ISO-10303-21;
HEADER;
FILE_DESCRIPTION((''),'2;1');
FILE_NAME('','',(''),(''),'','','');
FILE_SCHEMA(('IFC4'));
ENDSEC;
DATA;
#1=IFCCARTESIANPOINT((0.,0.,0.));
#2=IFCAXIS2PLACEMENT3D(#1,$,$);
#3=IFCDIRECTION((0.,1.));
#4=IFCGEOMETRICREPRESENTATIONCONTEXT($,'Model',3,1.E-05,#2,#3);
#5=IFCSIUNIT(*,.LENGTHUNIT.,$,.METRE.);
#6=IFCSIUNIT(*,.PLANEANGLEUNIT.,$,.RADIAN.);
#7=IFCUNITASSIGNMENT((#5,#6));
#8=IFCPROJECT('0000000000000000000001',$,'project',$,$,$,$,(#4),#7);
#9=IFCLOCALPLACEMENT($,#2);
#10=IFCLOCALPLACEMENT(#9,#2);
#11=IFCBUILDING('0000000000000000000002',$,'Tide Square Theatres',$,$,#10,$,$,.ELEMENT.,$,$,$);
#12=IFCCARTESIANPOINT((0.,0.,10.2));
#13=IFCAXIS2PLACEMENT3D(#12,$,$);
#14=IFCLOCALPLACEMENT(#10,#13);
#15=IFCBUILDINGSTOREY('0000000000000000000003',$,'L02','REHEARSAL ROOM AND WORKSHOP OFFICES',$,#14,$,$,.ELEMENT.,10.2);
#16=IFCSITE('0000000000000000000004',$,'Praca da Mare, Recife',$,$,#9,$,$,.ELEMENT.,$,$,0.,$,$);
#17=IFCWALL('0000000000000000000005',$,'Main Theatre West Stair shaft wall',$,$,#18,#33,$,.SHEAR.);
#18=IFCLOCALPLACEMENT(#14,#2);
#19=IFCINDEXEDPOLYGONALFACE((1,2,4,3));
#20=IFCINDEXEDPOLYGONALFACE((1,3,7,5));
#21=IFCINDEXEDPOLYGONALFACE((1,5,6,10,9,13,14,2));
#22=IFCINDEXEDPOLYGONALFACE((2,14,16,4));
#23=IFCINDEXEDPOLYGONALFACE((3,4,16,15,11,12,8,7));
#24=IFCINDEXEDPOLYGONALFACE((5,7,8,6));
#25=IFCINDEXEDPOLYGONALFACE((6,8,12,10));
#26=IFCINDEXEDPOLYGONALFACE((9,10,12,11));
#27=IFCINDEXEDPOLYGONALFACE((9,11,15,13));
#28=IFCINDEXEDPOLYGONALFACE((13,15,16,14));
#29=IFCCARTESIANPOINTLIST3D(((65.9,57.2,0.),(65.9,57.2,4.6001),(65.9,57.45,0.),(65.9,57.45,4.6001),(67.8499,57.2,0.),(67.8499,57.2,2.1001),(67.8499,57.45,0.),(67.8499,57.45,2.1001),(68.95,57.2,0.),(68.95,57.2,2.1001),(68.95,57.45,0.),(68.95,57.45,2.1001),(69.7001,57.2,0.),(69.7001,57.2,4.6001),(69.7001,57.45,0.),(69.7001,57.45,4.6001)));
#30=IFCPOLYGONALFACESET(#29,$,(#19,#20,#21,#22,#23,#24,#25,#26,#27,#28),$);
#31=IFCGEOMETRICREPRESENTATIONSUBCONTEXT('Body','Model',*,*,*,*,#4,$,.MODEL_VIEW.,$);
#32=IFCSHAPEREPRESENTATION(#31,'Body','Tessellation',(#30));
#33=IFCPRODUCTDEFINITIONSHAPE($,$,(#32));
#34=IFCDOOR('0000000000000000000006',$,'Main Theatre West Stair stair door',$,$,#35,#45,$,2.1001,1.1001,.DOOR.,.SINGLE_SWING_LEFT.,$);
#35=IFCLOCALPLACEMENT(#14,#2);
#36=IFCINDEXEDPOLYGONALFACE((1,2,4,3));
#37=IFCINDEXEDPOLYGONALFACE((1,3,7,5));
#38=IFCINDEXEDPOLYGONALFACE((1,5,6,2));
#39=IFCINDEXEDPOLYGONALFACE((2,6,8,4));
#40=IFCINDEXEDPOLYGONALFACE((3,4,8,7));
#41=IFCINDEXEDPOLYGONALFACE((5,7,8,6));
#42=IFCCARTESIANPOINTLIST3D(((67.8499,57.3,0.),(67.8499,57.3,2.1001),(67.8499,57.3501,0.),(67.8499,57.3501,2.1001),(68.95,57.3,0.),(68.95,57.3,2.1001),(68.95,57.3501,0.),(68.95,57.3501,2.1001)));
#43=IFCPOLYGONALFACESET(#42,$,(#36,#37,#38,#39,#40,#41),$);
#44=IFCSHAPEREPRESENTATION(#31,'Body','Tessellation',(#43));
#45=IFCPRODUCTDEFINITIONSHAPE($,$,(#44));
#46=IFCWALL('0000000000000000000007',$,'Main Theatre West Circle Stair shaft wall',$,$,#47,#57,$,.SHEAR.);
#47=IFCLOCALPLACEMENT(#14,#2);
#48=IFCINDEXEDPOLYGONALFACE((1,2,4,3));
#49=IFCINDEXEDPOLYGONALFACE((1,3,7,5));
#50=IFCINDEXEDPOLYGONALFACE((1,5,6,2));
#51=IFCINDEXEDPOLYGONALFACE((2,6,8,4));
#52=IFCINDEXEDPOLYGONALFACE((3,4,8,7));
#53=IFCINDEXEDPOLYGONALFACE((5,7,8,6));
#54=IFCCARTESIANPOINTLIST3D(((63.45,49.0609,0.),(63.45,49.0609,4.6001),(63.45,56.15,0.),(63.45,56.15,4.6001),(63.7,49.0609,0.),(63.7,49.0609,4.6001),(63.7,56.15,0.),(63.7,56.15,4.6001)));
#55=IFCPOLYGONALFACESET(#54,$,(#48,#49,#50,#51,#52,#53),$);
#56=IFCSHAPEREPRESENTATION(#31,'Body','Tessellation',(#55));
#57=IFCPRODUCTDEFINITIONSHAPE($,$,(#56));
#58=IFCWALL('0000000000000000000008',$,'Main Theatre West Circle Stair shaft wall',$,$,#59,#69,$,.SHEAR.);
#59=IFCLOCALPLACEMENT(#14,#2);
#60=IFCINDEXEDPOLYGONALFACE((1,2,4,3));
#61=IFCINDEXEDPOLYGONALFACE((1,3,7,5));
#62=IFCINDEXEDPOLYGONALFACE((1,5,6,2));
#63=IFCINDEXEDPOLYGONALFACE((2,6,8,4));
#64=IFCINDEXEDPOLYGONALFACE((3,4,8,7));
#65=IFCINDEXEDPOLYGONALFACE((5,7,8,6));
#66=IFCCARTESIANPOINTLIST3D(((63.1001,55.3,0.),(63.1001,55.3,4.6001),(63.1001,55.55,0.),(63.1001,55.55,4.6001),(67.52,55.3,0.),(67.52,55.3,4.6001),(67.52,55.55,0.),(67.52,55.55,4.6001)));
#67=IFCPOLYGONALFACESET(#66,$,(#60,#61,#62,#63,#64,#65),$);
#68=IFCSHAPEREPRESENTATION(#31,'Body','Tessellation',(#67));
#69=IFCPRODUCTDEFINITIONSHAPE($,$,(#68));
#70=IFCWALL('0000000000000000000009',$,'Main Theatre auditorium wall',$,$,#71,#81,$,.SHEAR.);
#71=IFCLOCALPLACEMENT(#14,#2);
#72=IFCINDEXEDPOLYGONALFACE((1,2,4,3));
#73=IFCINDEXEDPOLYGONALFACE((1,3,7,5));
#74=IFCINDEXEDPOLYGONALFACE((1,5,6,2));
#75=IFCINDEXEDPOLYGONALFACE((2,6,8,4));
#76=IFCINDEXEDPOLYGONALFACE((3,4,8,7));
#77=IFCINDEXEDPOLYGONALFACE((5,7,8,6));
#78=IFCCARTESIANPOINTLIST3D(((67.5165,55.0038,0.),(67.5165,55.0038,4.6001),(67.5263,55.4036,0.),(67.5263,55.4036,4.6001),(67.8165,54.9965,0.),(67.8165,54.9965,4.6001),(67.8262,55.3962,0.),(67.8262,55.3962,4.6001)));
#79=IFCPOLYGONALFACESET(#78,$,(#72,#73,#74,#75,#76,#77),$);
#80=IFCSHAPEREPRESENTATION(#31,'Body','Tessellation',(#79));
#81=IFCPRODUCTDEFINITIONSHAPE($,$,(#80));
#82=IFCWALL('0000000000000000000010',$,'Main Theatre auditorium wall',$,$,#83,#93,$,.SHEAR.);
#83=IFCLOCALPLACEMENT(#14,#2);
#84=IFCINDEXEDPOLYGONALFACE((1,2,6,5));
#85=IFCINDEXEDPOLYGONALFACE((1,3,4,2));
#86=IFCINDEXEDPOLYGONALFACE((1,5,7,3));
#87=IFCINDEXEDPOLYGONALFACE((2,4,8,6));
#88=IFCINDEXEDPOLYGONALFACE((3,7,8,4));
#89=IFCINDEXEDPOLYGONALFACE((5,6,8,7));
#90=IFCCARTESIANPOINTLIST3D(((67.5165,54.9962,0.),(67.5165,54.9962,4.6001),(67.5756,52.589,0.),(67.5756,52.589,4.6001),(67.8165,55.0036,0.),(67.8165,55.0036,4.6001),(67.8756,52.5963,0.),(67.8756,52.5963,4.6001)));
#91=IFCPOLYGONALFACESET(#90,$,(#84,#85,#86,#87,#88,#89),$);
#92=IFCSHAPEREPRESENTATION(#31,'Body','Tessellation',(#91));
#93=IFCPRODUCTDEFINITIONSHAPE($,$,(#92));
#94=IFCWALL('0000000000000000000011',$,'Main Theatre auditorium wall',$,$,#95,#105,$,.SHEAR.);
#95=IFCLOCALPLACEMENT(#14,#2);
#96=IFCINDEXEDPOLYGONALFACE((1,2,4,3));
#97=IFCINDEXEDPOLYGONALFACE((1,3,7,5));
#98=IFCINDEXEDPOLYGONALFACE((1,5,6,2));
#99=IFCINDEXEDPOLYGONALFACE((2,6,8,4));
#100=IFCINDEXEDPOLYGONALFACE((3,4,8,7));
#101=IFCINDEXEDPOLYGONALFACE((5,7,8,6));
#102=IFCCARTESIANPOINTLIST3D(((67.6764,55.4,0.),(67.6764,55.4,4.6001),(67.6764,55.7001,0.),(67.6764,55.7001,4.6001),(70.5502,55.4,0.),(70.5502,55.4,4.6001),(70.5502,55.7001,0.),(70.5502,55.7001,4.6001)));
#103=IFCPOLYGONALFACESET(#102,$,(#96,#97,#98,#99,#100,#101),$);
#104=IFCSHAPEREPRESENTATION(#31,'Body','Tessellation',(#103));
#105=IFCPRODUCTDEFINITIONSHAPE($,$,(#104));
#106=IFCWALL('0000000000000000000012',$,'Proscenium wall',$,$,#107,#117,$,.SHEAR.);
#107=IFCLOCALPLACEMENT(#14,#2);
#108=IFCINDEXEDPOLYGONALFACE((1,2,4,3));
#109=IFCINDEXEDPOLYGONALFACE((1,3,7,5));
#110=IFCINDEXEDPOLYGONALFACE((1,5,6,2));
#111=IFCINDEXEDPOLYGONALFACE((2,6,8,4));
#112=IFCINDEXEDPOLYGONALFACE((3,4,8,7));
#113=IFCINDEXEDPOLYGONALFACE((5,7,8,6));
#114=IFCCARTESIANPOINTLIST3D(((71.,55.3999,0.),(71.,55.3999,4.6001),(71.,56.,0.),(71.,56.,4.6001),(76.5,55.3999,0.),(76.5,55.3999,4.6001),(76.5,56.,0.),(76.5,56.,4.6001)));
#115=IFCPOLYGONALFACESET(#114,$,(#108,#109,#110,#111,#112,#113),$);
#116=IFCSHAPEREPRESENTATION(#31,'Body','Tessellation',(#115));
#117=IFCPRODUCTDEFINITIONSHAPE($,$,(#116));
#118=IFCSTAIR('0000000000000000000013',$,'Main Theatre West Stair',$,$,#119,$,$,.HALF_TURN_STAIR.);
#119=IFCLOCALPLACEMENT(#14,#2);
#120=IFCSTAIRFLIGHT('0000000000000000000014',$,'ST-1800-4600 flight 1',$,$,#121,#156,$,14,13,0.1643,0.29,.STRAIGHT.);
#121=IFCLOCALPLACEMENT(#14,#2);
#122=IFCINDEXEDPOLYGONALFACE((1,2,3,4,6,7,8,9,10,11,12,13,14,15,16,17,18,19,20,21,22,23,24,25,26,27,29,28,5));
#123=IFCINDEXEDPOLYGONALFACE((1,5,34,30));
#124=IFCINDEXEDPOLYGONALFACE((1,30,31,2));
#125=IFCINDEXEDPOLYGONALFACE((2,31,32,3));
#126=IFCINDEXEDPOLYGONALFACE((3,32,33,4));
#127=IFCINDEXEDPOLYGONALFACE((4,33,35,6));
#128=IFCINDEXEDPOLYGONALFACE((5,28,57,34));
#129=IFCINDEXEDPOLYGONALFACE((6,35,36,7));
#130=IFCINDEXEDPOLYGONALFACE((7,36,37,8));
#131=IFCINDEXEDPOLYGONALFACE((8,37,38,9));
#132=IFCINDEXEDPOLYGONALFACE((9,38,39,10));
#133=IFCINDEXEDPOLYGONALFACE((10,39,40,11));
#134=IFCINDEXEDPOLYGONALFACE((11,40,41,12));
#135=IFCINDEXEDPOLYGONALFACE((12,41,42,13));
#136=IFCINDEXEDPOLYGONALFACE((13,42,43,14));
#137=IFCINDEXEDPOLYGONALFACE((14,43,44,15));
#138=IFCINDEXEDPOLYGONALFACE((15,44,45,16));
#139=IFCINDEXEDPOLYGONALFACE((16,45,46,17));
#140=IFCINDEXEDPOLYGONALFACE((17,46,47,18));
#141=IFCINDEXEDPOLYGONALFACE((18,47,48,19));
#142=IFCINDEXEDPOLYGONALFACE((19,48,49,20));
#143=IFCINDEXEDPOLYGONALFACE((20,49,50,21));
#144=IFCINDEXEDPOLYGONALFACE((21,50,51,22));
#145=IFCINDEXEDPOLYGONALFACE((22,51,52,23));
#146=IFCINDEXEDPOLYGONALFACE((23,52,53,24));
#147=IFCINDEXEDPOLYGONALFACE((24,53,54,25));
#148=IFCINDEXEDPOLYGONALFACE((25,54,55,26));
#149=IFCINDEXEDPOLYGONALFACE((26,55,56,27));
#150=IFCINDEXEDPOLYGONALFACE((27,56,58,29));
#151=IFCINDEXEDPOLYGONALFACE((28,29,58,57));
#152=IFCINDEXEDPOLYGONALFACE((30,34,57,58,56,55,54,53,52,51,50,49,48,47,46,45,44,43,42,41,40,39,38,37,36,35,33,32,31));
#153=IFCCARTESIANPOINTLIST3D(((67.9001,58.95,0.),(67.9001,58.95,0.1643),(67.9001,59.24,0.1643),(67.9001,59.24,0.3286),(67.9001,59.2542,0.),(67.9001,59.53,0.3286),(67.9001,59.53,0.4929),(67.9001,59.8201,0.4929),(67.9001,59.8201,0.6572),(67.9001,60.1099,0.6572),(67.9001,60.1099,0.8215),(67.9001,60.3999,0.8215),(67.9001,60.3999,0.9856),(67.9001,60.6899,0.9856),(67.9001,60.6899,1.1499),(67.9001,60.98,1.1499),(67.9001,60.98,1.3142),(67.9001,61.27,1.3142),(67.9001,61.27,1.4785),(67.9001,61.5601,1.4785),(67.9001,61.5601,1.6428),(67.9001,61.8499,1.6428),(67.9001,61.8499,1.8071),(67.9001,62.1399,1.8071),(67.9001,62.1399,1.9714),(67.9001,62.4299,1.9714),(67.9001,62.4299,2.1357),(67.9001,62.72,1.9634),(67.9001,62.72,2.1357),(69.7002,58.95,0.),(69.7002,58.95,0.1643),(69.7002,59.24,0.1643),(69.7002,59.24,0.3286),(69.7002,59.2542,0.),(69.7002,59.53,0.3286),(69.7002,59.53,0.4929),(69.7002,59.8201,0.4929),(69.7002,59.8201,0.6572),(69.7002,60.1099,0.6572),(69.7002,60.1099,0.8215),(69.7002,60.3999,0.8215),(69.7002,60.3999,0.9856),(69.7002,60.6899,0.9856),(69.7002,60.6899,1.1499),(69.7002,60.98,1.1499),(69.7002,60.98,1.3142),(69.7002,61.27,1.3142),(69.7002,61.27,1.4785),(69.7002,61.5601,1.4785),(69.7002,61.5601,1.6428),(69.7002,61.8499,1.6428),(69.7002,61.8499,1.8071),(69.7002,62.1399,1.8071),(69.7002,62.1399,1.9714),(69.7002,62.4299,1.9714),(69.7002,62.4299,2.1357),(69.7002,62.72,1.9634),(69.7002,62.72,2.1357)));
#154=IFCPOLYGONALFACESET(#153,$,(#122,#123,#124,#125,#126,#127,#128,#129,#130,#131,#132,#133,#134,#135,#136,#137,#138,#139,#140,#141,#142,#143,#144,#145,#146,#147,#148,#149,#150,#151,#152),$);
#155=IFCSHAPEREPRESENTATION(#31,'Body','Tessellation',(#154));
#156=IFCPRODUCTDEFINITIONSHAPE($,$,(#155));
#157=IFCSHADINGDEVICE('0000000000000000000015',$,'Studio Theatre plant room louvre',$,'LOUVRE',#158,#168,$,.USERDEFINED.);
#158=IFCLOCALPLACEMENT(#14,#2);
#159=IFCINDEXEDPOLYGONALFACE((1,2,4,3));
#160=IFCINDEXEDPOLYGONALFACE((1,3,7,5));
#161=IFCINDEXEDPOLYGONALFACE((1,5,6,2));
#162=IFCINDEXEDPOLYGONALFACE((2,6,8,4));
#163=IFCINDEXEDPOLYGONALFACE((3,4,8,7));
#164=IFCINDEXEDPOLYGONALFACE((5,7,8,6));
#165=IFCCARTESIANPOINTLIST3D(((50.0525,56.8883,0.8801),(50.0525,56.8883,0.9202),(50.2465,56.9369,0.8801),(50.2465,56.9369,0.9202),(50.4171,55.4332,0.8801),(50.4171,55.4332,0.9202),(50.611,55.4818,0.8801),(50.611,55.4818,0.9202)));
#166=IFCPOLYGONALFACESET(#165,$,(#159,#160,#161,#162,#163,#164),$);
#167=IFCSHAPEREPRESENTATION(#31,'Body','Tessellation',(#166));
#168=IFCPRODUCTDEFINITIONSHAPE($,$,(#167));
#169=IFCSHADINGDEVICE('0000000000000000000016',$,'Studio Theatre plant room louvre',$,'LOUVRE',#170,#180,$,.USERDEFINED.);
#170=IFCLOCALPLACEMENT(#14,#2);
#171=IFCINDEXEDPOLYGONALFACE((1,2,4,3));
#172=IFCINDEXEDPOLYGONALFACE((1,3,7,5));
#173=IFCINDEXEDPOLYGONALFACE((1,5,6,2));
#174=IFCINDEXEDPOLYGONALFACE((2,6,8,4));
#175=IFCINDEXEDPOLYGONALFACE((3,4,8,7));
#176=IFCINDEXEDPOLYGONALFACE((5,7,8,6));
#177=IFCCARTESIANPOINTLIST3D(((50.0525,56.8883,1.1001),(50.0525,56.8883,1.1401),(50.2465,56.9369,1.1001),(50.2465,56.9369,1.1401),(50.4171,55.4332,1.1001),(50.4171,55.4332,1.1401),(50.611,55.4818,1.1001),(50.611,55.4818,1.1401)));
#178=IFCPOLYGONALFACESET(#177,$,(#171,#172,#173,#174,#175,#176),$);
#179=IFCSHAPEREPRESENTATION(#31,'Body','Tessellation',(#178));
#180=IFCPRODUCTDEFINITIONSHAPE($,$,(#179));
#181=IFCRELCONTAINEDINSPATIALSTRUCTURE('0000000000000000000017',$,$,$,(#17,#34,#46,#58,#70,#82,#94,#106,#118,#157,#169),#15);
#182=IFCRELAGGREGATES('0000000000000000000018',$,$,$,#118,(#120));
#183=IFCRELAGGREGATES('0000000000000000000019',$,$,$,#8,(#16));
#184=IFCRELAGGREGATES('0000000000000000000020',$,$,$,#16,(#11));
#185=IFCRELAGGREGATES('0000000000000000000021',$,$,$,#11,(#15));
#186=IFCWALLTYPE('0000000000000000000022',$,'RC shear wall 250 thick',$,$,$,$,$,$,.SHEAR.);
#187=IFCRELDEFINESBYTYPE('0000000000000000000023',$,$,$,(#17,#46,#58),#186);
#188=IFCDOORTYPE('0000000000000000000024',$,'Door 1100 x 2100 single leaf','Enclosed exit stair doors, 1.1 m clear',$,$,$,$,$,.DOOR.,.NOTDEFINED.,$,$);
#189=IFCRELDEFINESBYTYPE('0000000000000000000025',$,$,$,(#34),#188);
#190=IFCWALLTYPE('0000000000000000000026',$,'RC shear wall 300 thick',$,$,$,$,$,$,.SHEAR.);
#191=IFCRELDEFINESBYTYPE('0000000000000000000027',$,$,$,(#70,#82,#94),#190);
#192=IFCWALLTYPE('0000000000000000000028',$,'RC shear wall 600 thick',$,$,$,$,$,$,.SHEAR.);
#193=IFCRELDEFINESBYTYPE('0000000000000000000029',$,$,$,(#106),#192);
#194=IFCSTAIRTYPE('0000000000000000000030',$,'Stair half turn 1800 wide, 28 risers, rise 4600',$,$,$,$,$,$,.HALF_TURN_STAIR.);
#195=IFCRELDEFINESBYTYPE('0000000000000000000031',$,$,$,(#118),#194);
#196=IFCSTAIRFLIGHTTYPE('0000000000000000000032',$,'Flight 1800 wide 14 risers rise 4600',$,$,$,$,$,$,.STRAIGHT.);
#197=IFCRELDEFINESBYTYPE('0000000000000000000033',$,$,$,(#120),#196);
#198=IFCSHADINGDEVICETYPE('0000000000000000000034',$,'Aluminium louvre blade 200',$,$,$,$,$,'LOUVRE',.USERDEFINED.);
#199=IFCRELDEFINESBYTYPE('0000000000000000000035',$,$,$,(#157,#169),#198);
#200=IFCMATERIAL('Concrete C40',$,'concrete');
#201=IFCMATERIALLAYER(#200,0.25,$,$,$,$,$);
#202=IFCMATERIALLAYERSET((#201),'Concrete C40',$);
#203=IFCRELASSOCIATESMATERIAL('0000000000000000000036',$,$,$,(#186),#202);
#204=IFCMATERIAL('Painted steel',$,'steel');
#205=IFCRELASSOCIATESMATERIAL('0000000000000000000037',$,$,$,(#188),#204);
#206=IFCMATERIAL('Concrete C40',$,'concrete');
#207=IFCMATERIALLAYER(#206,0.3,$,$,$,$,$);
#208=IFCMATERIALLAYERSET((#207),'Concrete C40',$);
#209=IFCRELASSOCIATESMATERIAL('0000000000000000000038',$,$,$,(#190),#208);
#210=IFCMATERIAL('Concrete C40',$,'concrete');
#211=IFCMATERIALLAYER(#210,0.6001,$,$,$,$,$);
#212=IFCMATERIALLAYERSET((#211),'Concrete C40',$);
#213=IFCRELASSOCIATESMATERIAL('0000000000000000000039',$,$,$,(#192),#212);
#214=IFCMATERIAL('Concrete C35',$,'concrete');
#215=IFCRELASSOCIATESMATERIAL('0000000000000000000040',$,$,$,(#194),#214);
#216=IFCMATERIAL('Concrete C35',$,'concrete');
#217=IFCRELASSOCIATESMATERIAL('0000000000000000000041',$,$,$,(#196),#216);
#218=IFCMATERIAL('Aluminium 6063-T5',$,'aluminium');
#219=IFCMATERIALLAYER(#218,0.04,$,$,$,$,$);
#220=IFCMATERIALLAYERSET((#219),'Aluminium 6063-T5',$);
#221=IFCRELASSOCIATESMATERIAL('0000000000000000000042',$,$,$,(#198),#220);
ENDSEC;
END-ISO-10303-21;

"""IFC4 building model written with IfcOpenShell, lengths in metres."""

from ifc_helpers import new_model, si_unit, direction, frame, frame_2d, origin, origin_2d, place, context, subcontext, project, spatial, polyline, rectangle, outline, extrude, material, layer, layer_set, type_object, element, fill, aggregate, save


model = new_model("IFC4")

# Units and contexts
model_context = context("Model", 3, precision=1e-05, world=origin(), true_north=direction((0.0, 1.0)))
body_context = subcontext(model_context, "Body", "Model", "MODEL_VIEW")
ifc_project = project(units=[si_unit("LENGTHUNIT", "METRE"), si_unit("PLANEANGLEUNIT", "RADIAN")], contexts=[model_context])

# Site, building, storey
site_placement = place(None, origin())
site = spatial("IfcSite", under=ifc_project, at=site_placement, Name="Praca da Mare, Recife", CompositionType="ELEMENT", RefElevation=0.0)
building_placement = place(site_placement, origin())
building = spatial("IfcBuilding", under=site, at=building_placement, Name="Tide Square Theatres", CompositionType="ELEMENT")
storey_placement = place(building_placement, frame((0.0, 0.0, 10.2)))
storey = spatial("IfcBuildingStorey", under=building, at=storey_placement, Name="L02", Description="REHEARSAL ROOM AND WORKSHOP OFFICES", CompositionType="ELEMENT", Elevation=10.2)

# Shared definitions
ifc_material_1 = material(Name="Concrete C40", Category="concrete")
ifc_layer_1 = layer(ifc_material_1, 0.25)
ifc_layer_set_1 = layer_set([ifc_layer_1], Name="Concrete C40")
wall_type_1 = type_object("IfcWallType", Name="RC shear wall 250 thick", PredefinedType="SHEAR", material=ifc_layer_set_1)

# Wall, opening, door
wall_1_placement = place(storey_placement, frame((69.7, 57.325, 0.0), z_axis=(0.0, 0.0, 1.0), x_axis=(-1.0, 0.0, 0.0)))
wall_1 = element("IfcWall", 1, at=wall_1_placement, inside=storey, type_object=wall_type_1, Name="Main Theatre West Stair shaft wall", PredefinedType="SHEAR", context=body_context, shape_type="SweptSolid", body=[
    extrude(rectangle(XDim=3.8, YDim=0.25, at=frame_2d((1.8999, 0.0))), origin(), (0.0, 0.0, 1.0), 4.6001),
])
opening_1_placement = place(wall_1_placement, frame((0.75, 0.0, 0.0)))
opening_1 = element("IfcOpeningElement", 2, at=opening_1_placement, cuts=wall_1, PredefinedType="OPENING", context=body_context, shape_type="SweptSolid", body=[
    extrude(rectangle(XDim=1.1001, YDim=2.1001, at=frame_2d((0.55, 1.05))), frame((0.0, 0.135, 0.0), z_axis=(0.0, -1.0, 0.0), x_axis=(1.0, 0.0, 0.0)), (0.0, 0.0, 1.0), 0.27),
])
ifc_material_2 = material(Name="Painted steel", Category="steel")
door_type_1 = type_object("IfcDoorType", Name="Door 1100 x 2100 single leaf", Description="Enclosed exit stair doors, 1.1 m clear", OperationType="NOTDEFINED", PredefinedType="DOOR", material=ifc_material_2)
door_1_placement = place(opening_1_placement, origin())
door_1 = element("IfcDoor", 3, at=door_1_placement, inside=storey, type_object=door_type_1, Name="Main Theatre West Stair stair door", OperationType="SINGLE_SWING_LEFT", OverallHeight=2.1001, OverallWidth=1.1001, PredefinedType="DOOR", context=body_context, shape_type="SweptSolid", body=[
    extrude(rectangle(XDim=1.1001, YDim=2.1001, at=frame_2d((0.55, 1.05))), frame((0.0, 0.0249, 0.0), z_axis=(0.0, -1.0, 0.0), x_axis=(1.0, 0.0, 0.0)), (0.0, 0.0, 1.0), 0.05),
])
fill(opening_1, door_1)

# Walls
wall_2_placement = place(storey_placement, frame((63.575, 56.1499, 0.0), z_axis=(0.0, 0.0, 1.0), x_axis=(0.0, -1.0, 0.0)))
element("IfcWall", 4, at=wall_2_placement, inside=storey, type_object=wall_type_1, Name="Main Theatre West Circle Stair shaft wall", PredefinedType="SHEAR", context=body_context, shape_type="SweptSolid", body=[
    extrude(rectangle(XDim=7.0891, YDim=0.25, at=frame_2d((3.5444, 0.0))), origin(), (0.0, 0.0, 1.0), 4.6001),
])
wall_3_placement = place(storey_placement, frame((63.1001, 55.425, 0.0), z_axis=(0.0, 0.0, 1.0), x_axis=(1.0, 0.0, 0.0)))
element("IfcWall", 5, at=wall_3_placement, inside=storey, type_object=wall_type_1, Name="Main Theatre West Circle Stair shaft wall", PredefinedType="SHEAR", context=body_context, shape_type="SweptSolid", body=[
    extrude(rectangle(XDim=4.4199, YDim=0.25, at=frame_2d((2.21, 0.0))), origin(), (0.0, 0.0, 1.0), 4.6001),
])
ifc_material_3 = material(Name="Concrete C40", Category="concrete")
ifc_layer_2 = layer(ifc_material_3, 0.3)
ifc_layer_set_2 = layer_set([ifc_layer_2], Name="Concrete C40")
wall_type_2 = type_object("IfcWallType", Name="RC shear wall 300 thick", PredefinedType="SHEAR", material=ifc_layer_set_2)
wall_4_placement = place(storey_placement, frame((67.6763, 55.3999, 0.0), z_axis=(0.0, 0.0, 1.0), x_axis=(-0.024413, -0.999702, 0.0)))
element("IfcWall", 6, at=wall_4_placement, inside=storey, type_object=wall_type_2, Name="Main Theatre auditorium wall", PredefinedType="SHEAR", context=body_context, shape_type="SweptSolid", body=[
    extrude(rectangle(XDim=0.3999, YDim=0.3, at=frame_2d((0.2, 0.0))), origin(), (0.0, 0.0, 1.0), 4.6001),
])
wall_5_placement = place(storey_placement, frame((67.6665, 55.0, 0.0), z_axis=(0.0, 0.0, 1.0), x_axis=(0.024536, -0.999699, 0.0)))
element("IfcWall", 7, at=wall_5_placement, inside=storey, type_object=wall_type_2, Name="Main Theatre auditorium wall", PredefinedType="SHEAR", context=body_context, shape_type="SweptSolid", body=[
    extrude(rectangle(XDim=2.408, YDim=0.3, at=frame_2d((1.2041, 0.0))), origin(), (0.0, 0.0, 1.0), 4.6001),
])
wall_6_placement = place(storey_placement, frame((67.6763, 55.55, 0.0), z_axis=(0.0, 0.0, 1.0), x_axis=(1.0, 0.0, 0.0)))
element("IfcWall", 8, at=wall_6_placement, inside=storey, type_object=wall_type_2, Name="Main Theatre auditorium wall", PredefinedType="SHEAR", context=body_context, shape_type="SweptSolid", body=[
    extrude(rectangle(XDim=2.8738, YDim=0.3, at=frame_2d((1.437, 0.0))), origin(), (0.0, 0.0, 1.0), 4.6001),
])
ifc_material_4 = material(Name="Concrete C40", Category="concrete")
ifc_layer_3 = layer(ifc_material_4, 0.6001)
ifc_layer_set_3 = layer_set([ifc_layer_3], Name="Concrete C40")
wall_type_3 = type_object("IfcWallType", Name="RC shear wall 600 thick", PredefinedType="SHEAR", material=ifc_layer_set_3)
wall_7_placement = place(storey_placement, frame((71.0, 55.7, 0.0), z_axis=(0.0, 0.0, 1.0), x_axis=(1.0, 0.0, 0.0)))
element("IfcWall", 9, at=wall_7_placement, inside=storey, type_object=wall_type_3, Name="Proscenium wall", PredefinedType="SHEAR", context=body_context, shape_type="SweptSolid", body=[
    extrude(rectangle(XDim=5.5, YDim=0.6001, at=frame_2d((2.75, 0.0))), origin(), (0.0, 0.0, 1.0), 4.6001),
])

# Stair, stair flight
ifc_material_5 = material(Name="Concrete C35", Category="concrete")
stair_type = type_object("IfcStairType", Name="Stair half turn 1800 wide, 28 risers, rise 4600", PredefinedType="HALF_TURN_STAIR", material=ifc_material_5)
stair_placement = place(storey_placement, origin())
stair = element("IfcStair", 10, at=stair_placement, inside=storey, type_object=stair_type, Name="Main Theatre West Stair", PredefinedType="HALF_TURN_STAIR")
ifc_material_6 = material(Name="Concrete C35", Category="concrete")
stair_flight_type = type_object("IfcStairFlightType", Name="Flight 1800 wide 14 risers rise 4600", PredefinedType="STRAIGHT", material=ifc_material_6)
stair_flight_placement = place(storey_placement, frame((68.8, 58.95, 0.0), z_axis=(0.0, 0.0, 1.0), x_axis=(0.0, 1.0, 0.0)))
stair_flight = element("IfcStairFlight", 11, at=stair_flight_placement, type_object=stair_flight_type, Name="ST-1800-4600 flight 1", NumberOfRisers=14, NumberOfTreads=13, PredefinedType="STRAIGHT", RiserHeight=0.1643, TreadLength=0.29, context=body_context, shape_type="SweptSolid", body=[
    extrude(outline(polyline([(0.0, 0.0), (0.0, 0.1643), (0.29, 0.1643), (0.29, 0.3286), (0.5801, 0.3286), (0.5801, 0.4929), (0.8701, 0.4929), (0.8701, 0.6572), (1.1599, 0.6572), (1.1599, 0.8215), (1.45, 0.8215), (1.45, 0.9856), (1.74, 0.9856), (1.74, 1.1499), (2.03, 1.1499), (2.03, 1.3142), (2.3201, 1.3142), (2.3201, 1.4785), (2.6101, 1.4785), (2.6101, 1.6428), (2.8999, 1.6428), (2.8999, 1.8071), (3.1899, 1.8071), (3.1899, 1.9714), (3.48, 1.9714), (3.48, 2.1357), (3.77, 2.1357), (3.77, 2.3), (3.77, 1.9634), (0.3042, 0.0), (0.0, 0.0)])), frame((0.0, 0.8999, 0.0), z_axis=(0.0, -1.0, 0.0), x_axis=(1.0, 0.0, 0.0)), (0.0, 0.0, 1.0), 1.8),
])
aggregate(stair, [stair_flight])

# Shading devices
ifc_material_7 = material(Name="Aluminium 6063-T5", Category="aluminium")
ifc_layer_4 = layer(ifc_material_7, 0.04)
ifc_layer_set_4 = layer_set([ifc_layer_4], Name="Aluminium 6063-T5")
shading_device_type_1 = type_object("IfcShadingDeviceType", Name="Aluminium louvre blade 200", ElementType="LOUVRE", PredefinedType="USERDEFINED", material=ifc_layer_set_4)
for number, where, z_axis, x_axis, name in (
    (12, (50.3318, 56.1851, 0.8801), (0.0, 0.0, 1.0), (-0.243039, 0.970016, 0.0), "Studio Theatre plant room louvre"),
    (13, (50.3318, 56.1851, 1.1001), (0.0, 0.0, 1.0), (-0.243039, 0.970016, 0.0), "Studio Theatre plant room louvre"),
):
    element("IfcShadingDevice", number, at=place(storey_placement, frame(where, z_axis=z_axis, x_axis=x_axis)), inside=storey, type_object=shading_device_type_1, Name=name, ObjectType="LOUVRE", PredefinedType="USERDEFINED", context=body_context, shape_type="SweptSolid", body=[
        extrude(rectangle(XDim=1.5, YDim=0.2, at=origin_2d()), origin(), (0.0, 0.0, 1.0), 0.04),
    ])

save(model, "model.ifc")
